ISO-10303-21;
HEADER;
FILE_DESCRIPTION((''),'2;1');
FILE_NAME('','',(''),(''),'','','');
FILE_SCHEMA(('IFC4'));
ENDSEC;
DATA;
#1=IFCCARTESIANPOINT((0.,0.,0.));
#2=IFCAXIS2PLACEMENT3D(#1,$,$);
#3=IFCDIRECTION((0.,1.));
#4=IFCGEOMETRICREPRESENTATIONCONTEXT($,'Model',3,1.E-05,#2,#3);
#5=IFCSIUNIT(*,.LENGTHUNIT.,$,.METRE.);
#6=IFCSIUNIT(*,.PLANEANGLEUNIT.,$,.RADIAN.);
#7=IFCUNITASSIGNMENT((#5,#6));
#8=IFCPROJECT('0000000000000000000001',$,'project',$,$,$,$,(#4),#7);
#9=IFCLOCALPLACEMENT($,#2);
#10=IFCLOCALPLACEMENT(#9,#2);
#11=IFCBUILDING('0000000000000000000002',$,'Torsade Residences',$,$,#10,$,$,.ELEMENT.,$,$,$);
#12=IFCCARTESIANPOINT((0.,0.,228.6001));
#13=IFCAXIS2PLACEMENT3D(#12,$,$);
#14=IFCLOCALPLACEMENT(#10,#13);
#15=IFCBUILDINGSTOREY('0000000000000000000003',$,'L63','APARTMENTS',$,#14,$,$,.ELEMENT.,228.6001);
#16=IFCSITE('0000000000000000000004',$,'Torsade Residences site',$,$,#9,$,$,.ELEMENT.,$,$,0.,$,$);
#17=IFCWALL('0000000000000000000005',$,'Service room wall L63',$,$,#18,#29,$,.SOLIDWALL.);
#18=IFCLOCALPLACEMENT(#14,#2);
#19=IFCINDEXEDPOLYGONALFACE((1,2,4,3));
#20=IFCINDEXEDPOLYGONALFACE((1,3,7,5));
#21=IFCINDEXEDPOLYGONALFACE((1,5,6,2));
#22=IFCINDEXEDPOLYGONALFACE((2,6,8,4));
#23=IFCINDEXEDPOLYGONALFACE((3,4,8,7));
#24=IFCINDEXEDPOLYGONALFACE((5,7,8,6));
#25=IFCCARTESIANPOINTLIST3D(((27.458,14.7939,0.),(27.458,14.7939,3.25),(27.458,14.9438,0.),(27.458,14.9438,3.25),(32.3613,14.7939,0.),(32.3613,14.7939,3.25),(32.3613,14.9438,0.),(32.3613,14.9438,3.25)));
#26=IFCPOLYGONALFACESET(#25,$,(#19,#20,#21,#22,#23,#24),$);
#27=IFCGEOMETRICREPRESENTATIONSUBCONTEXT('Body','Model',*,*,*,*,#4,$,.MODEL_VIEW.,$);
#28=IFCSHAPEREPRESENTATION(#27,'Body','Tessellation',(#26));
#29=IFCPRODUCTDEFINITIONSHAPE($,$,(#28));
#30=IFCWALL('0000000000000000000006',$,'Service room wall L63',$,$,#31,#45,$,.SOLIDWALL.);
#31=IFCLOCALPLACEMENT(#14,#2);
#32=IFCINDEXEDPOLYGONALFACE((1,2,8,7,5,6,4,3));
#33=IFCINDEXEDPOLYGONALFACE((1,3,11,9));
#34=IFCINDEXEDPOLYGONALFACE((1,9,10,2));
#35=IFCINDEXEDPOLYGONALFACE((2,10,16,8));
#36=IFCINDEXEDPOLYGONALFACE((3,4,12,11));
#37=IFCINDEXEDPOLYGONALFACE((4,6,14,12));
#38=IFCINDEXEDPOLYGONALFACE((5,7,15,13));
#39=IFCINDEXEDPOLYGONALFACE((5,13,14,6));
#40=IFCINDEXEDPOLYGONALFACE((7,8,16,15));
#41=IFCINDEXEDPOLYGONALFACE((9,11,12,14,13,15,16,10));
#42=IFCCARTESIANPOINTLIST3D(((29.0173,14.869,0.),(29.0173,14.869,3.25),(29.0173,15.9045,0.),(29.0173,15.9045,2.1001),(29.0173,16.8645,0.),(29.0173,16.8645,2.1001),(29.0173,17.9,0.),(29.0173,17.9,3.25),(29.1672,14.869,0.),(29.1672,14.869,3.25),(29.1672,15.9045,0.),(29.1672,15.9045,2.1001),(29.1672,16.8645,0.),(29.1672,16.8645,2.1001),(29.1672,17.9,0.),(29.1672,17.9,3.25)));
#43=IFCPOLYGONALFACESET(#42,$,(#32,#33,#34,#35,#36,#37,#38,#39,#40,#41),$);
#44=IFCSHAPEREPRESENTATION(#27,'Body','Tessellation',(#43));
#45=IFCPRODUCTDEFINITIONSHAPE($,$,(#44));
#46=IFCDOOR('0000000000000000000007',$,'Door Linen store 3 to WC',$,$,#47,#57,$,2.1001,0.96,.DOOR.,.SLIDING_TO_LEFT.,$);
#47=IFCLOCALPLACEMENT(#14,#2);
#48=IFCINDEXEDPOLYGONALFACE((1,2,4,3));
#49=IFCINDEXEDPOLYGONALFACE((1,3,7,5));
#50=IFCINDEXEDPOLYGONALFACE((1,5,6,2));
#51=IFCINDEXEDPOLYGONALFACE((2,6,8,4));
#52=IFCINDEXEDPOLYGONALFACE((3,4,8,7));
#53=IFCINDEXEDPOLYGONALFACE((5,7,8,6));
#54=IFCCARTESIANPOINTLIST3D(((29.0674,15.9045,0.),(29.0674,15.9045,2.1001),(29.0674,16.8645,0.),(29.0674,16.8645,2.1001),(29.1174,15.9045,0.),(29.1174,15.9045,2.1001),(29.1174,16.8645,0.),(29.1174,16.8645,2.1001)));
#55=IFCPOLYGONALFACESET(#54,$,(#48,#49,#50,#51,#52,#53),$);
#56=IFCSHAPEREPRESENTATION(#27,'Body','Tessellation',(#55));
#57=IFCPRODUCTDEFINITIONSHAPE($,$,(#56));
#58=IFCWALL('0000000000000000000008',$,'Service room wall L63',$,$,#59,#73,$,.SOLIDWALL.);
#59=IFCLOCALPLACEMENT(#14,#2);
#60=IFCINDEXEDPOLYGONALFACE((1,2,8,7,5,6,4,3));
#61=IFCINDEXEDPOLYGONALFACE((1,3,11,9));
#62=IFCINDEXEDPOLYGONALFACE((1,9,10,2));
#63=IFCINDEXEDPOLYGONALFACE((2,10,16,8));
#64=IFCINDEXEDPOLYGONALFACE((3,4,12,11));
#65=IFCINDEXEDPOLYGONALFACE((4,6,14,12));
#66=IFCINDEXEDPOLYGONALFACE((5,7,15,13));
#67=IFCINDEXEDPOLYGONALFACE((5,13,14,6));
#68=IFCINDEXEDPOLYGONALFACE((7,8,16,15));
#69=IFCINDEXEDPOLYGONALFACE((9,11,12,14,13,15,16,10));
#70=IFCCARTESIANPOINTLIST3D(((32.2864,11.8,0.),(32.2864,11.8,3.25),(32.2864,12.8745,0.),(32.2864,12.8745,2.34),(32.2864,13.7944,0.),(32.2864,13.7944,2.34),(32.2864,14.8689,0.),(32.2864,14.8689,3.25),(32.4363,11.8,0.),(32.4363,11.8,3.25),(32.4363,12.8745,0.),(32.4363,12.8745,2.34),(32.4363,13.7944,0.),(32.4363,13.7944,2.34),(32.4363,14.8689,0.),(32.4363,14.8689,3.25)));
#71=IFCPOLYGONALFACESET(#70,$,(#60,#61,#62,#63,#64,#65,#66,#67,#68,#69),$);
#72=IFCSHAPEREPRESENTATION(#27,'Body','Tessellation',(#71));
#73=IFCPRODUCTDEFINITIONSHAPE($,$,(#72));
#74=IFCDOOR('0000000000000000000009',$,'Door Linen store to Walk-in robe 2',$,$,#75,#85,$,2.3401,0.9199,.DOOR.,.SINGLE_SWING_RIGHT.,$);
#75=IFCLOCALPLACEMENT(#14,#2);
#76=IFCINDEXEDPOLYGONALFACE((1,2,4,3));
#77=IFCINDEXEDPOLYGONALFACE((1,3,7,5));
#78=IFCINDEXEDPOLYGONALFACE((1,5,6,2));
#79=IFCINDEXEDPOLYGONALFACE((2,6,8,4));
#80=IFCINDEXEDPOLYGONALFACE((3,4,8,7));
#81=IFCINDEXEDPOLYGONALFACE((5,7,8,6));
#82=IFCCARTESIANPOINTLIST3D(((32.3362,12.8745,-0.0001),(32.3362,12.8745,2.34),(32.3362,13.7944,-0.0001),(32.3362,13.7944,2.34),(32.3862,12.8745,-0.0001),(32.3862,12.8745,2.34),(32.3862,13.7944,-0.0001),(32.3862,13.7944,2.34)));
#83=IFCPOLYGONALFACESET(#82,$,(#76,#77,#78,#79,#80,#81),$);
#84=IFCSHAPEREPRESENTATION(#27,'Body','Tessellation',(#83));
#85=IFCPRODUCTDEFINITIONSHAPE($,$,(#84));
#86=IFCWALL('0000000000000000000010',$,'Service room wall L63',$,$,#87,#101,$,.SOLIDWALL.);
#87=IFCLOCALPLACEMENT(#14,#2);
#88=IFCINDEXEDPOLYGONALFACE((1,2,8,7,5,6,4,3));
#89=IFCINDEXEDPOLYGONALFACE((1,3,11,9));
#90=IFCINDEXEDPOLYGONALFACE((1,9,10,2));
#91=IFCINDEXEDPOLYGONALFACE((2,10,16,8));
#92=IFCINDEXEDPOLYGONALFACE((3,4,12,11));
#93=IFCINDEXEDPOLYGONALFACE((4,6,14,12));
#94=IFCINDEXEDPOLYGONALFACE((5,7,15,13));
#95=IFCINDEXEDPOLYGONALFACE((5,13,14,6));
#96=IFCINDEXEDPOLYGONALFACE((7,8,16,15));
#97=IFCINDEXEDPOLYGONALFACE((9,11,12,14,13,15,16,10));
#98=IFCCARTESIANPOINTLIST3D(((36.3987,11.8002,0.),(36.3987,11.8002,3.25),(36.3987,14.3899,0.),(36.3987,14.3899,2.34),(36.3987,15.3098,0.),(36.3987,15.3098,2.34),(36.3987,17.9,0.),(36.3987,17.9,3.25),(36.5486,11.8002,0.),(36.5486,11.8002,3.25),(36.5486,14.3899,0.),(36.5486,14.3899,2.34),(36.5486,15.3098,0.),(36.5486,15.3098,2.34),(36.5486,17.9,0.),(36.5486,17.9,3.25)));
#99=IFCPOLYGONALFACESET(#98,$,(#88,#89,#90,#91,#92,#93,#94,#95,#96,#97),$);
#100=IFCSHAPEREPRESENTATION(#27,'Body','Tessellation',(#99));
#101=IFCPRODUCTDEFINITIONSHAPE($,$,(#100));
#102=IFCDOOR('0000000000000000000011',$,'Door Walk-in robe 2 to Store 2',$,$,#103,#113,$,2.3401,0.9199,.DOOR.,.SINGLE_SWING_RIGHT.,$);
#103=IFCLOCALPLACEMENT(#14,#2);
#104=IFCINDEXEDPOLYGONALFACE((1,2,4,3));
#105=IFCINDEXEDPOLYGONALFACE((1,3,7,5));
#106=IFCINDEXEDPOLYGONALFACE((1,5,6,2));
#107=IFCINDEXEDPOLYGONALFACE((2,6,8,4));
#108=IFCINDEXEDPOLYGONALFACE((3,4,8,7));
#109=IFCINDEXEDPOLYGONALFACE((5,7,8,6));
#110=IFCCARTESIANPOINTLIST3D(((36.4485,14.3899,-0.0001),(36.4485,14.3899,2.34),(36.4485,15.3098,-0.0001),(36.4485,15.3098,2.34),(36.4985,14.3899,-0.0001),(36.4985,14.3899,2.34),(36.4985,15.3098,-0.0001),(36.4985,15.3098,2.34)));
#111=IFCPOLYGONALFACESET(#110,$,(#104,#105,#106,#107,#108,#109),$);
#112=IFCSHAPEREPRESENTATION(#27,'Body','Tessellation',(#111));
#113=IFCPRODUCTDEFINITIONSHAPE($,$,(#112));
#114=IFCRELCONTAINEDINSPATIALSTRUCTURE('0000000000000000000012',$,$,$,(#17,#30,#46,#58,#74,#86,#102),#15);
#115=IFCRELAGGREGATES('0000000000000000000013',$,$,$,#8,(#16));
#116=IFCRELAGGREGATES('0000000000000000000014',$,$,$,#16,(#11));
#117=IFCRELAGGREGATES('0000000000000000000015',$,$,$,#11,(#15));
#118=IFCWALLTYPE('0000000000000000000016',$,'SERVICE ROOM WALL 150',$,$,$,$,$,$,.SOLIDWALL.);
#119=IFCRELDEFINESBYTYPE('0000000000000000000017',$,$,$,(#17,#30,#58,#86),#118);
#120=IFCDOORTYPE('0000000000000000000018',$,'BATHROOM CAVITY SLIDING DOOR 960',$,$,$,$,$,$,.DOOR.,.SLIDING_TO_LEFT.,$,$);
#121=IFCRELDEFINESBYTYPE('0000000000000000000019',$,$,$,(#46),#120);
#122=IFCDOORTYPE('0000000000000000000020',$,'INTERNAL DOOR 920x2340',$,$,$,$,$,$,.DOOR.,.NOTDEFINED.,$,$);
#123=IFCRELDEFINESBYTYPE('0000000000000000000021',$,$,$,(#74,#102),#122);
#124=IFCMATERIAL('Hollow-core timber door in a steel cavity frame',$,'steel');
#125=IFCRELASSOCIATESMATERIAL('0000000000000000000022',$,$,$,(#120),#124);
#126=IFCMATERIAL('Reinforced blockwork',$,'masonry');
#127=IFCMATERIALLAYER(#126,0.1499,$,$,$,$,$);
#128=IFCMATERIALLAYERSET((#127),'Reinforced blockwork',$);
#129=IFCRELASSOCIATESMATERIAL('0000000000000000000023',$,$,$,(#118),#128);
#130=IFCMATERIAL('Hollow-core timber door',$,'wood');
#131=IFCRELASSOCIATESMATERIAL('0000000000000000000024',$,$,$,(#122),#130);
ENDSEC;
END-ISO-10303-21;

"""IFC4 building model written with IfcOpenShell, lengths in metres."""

from ifc_helpers import new_model, si_unit, direction, frame, frame_2d, origin, place, context, subcontext, project, spatial, rectangle, extrude, material, layer, layer_set, type_object, element, fill, save


model = new_model("IFC4")

# Units and contexts
model_context = context("Model", 3, precision=1e-05, world=origin(), true_north=direction((0.0, 1.0)))
body_context = subcontext(model_context, "Body", "Model", "MODEL_VIEW")
ifc_project = project(units=[si_unit("LENGTHUNIT", "METRE"), si_unit("PLANEANGLEUNIT", "RADIAN")], contexts=[model_context])

# Site, building, storey
site_placement = place(None, origin())
site = spatial("IfcSite", under=ifc_project, at=site_placement, Name="Torsade Residences site", CompositionType="ELEMENT", RefElevation=0.0)
building_placement = place(site_placement, origin())
building = spatial("IfcBuilding", under=site, at=building_placement, Name="Torsade Residences", CompositionType="ELEMENT")
storey_placement = place(building_placement, frame((0.0, 0.0, 228.6001)))
storey = spatial("IfcBuildingStorey", under=building, at=storey_placement, Name="L63", Description="APARTMENTS", CompositionType="ELEMENT", Elevation=228.6001)

# Shared definitions
ifc_material_1 = material(Name="Hollow-core timber door in a steel cavity frame", Category="steel")
door_type_1 = type_object("IfcDoorType", Name="BATHROOM CAVITY SLIDING DOOR 960", OperationType="SLIDING_TO_LEFT", PredefinedType="DOOR", material=ifc_material_1)

# Wall
ifc_material_2 = material(Name="Reinforced blockwork", Category="masonry")
ifc_layer_1 = layer(ifc_material_2, 0.1499)
ifc_layer_set_1 = layer_set([ifc_layer_1], Name="Reinforced blockwork")
wall_type_1 = type_object("IfcWallType", Name="SERVICE ROOM WALL 150", PredefinedType="SOLIDWALL", material=ifc_layer_set_1)
wall_1_placement = place(storey_placement, frame((32.3613, 14.8689, 0.0), z_axis=(0.0, 0.0, 1.0), x_axis=(-1.0, 0.0, 0.0)))
element("IfcWall", 1, at=wall_1_placement, inside=storey, type_object=wall_type_1, Name="Service room wall L63", PredefinedType="SOLIDWALL", context=body_context, shape_type="SweptSolid", body=[
    extrude(rectangle(XDim=4.9033, YDim=0.1499, at=frame_2d((2.4517, 0.0))), origin(), (0.0, 0.0, 1.0), 3.25),
])

# Walls, openings, doors
wall_2_placement = place(storey_placement, frame((29.0923, 14.8689, 0.0), z_axis=(0.0, 0.0, 1.0), x_axis=(0.0, 1.0, 0.0)))
wall_2 = element("IfcWall", 2, at=wall_2_placement, inside=storey, type_object=wall_type_1, Name="Service room wall L63", PredefinedType="SOLIDWALL", context=body_context, shape_type="SweptSolid", body=[
    extrude(rectangle(XDim=3.031, YDim=0.1499, at=frame_2d((1.5156, 0.0))), origin(), (0.0, 0.0, 1.0), 3.25),
])
opening_1_placement = place(wall_2_placement, frame((1.0356, 0.0, 0.0)))
opening_1 = element("IfcOpeningElement", 3, at=opening_1_placement, cuts=wall_2, PredefinedType="OPENING", context=body_context, shape_type="SweptSolid", body=[
    extrude(rectangle(XDim=0.96, YDim=2.1001, at=frame_2d((0.48, 1.05))), frame((0.0, 0.085, 0.0), z_axis=(0.0, -1.0, 0.0), x_axis=(1.0, 0.0, 0.0)), (0.0, 0.0, 1.0), 0.1699),
])
door_1_placement = place(opening_1_placement, origin())
door_1 = element("IfcDoor", 4, at=door_1_placement, inside=storey, type_object=door_type_1, Name="Door Linen store 3 to WC", OperationType="SLIDING_TO_LEFT", OverallHeight=2.1001, OverallWidth=0.96, PredefinedType="DOOR", context=body_context, shape_type="SweptSolid", body=[
    extrude(rectangle(XDim=0.96, YDim=2.1001, at=frame_2d((0.48, 1.05))), frame((0.0, 0.0249, 0.0), z_axis=(0.0, -1.0, 0.0), x_axis=(1.0, 0.0, 0.0)), (0.0, 0.0, 1.0), 0.05),
])
fill(opening_1, door_1)
wall_3_placement = place(storey_placement, frame((32.3613, 14.8689, 0.0), z_axis=(0.0, 0.0, 1.0), x_axis=(0.0, -1.0, 0.0)))
wall_3 = element("IfcWall", 5, at=wall_3_placement, inside=storey, type_object=wall_type_1, Name="Service room wall L63", PredefinedType="SOLIDWALL", context=body_context, shape_type="SweptSolid", body=[
    extrude(rectangle(XDim=3.0688, YDim=0.1499, at=frame_2d((1.5344, 0.0))), origin(), (0.0, 0.0, 1.0), 3.25),
])
opening_2_placement = place(wall_3_placement, frame((1.0745, 0.0, 0.0)))
opening_2 = element("IfcOpeningElement", 6, at=opening_2_placement, cuts=wall_3, PredefinedType="OPENING", context=body_context, shape_type="SweptSolid", body=[
    extrude(rectangle(XDim=0.9199, YDim=2.3401, at=frame_2d((0.46, 1.1699))), frame((0.0, 0.085, 0.0), z_axis=(0.0, -1.0, 0.0), x_axis=(1.0, 0.0, 0.0)), (0.0, 0.0, 1.0), 0.1699),
])
ifc_material_3 = material(Name="Hollow-core timber door", Category="wood")
door_type_2 = type_object("IfcDoorType", Name="INTERNAL DOOR 920x2340", OperationType="NOTDEFINED", PredefinedType="DOOR", material=ifc_material_3)
door_2_placement = place(opening_2_placement, origin())
door_2 = element("IfcDoor", 7, at=door_2_placement, inside=storey, type_object=door_type_2, Name="Door Linen store to Walk-in robe 2", OperationType="SINGLE_SWING_RIGHT", OverallHeight=2.3401, OverallWidth=0.9199, PredefinedType="DOOR", context=body_context, shape_type="SweptSolid", body=[
    extrude(rectangle(XDim=0.9199, YDim=2.3401, at=frame_2d((0.46, 1.1699))), frame((0.0, 0.0249, 0.0), z_axis=(0.0, -1.0, 0.0), x_axis=(1.0, 0.0, 0.0)), (0.0, 0.0, 1.0), 0.05),
])
fill(opening_2, door_2)
wall_4_placement = place(storey_placement, frame((36.4736, 17.8999, 0.0), z_axis=(0.0, 0.0, 1.0), x_axis=(0.0, -1.0, 0.0)))
wall_4 = element("IfcWall", 8, at=wall_4_placement, inside=storey, type_object=wall_type_1, Name="Service room wall L63", PredefinedType="SOLIDWALL", context=body_context, shape_type="SweptSolid", body=[
    extrude(rectangle(XDim=6.0999, YDim=0.1499, at=frame_2d((3.0498, 0.0))), origin(), (0.0, 0.0, 1.0), 3.25),
])
opening_3_placement = place(wall_4_placement, frame((2.5901, 0.0, 0.0)))
opening_3 = element("IfcOpeningElement", 9, at=opening_3_placement, cuts=wall_4, PredefinedType="OPENING", context=body_context, shape_type="SweptSolid", body=[
    extrude(rectangle(XDim=0.9199, YDim=2.3401, at=frame_2d((0.46, 1.1699))), frame((0.0, 0.085, 0.0), z_axis=(0.0, -1.0, 0.0), x_axis=(1.0, 0.0, 0.0)), (0.0, 0.0, 1.0), 0.1699),
])
door_3_placement = place(opening_3_placement, origin())
door_3 = element("IfcDoor", 10, at=door_3_placement, inside=storey, type_object=door_type_2, Name="Door Walk-in robe 2 to Store 2", OperationType="SINGLE_SWING_RIGHT", OverallHeight=2.3401, OverallWidth=0.9199, PredefinedType="DOOR", context=body_context, shape_type="SweptSolid", body=[
    extrude(rectangle(XDim=0.9199, YDim=2.3401, at=frame_2d((0.46, 1.1699))), frame((0.0, 0.0249, 0.0), z_axis=(0.0, -1.0, 0.0), x_axis=(1.0, 0.0, 0.0)), (0.0, 0.0, 1.0), 0.05),
])
fill(opening_3, door_3)

save(model, "model.ifc")
